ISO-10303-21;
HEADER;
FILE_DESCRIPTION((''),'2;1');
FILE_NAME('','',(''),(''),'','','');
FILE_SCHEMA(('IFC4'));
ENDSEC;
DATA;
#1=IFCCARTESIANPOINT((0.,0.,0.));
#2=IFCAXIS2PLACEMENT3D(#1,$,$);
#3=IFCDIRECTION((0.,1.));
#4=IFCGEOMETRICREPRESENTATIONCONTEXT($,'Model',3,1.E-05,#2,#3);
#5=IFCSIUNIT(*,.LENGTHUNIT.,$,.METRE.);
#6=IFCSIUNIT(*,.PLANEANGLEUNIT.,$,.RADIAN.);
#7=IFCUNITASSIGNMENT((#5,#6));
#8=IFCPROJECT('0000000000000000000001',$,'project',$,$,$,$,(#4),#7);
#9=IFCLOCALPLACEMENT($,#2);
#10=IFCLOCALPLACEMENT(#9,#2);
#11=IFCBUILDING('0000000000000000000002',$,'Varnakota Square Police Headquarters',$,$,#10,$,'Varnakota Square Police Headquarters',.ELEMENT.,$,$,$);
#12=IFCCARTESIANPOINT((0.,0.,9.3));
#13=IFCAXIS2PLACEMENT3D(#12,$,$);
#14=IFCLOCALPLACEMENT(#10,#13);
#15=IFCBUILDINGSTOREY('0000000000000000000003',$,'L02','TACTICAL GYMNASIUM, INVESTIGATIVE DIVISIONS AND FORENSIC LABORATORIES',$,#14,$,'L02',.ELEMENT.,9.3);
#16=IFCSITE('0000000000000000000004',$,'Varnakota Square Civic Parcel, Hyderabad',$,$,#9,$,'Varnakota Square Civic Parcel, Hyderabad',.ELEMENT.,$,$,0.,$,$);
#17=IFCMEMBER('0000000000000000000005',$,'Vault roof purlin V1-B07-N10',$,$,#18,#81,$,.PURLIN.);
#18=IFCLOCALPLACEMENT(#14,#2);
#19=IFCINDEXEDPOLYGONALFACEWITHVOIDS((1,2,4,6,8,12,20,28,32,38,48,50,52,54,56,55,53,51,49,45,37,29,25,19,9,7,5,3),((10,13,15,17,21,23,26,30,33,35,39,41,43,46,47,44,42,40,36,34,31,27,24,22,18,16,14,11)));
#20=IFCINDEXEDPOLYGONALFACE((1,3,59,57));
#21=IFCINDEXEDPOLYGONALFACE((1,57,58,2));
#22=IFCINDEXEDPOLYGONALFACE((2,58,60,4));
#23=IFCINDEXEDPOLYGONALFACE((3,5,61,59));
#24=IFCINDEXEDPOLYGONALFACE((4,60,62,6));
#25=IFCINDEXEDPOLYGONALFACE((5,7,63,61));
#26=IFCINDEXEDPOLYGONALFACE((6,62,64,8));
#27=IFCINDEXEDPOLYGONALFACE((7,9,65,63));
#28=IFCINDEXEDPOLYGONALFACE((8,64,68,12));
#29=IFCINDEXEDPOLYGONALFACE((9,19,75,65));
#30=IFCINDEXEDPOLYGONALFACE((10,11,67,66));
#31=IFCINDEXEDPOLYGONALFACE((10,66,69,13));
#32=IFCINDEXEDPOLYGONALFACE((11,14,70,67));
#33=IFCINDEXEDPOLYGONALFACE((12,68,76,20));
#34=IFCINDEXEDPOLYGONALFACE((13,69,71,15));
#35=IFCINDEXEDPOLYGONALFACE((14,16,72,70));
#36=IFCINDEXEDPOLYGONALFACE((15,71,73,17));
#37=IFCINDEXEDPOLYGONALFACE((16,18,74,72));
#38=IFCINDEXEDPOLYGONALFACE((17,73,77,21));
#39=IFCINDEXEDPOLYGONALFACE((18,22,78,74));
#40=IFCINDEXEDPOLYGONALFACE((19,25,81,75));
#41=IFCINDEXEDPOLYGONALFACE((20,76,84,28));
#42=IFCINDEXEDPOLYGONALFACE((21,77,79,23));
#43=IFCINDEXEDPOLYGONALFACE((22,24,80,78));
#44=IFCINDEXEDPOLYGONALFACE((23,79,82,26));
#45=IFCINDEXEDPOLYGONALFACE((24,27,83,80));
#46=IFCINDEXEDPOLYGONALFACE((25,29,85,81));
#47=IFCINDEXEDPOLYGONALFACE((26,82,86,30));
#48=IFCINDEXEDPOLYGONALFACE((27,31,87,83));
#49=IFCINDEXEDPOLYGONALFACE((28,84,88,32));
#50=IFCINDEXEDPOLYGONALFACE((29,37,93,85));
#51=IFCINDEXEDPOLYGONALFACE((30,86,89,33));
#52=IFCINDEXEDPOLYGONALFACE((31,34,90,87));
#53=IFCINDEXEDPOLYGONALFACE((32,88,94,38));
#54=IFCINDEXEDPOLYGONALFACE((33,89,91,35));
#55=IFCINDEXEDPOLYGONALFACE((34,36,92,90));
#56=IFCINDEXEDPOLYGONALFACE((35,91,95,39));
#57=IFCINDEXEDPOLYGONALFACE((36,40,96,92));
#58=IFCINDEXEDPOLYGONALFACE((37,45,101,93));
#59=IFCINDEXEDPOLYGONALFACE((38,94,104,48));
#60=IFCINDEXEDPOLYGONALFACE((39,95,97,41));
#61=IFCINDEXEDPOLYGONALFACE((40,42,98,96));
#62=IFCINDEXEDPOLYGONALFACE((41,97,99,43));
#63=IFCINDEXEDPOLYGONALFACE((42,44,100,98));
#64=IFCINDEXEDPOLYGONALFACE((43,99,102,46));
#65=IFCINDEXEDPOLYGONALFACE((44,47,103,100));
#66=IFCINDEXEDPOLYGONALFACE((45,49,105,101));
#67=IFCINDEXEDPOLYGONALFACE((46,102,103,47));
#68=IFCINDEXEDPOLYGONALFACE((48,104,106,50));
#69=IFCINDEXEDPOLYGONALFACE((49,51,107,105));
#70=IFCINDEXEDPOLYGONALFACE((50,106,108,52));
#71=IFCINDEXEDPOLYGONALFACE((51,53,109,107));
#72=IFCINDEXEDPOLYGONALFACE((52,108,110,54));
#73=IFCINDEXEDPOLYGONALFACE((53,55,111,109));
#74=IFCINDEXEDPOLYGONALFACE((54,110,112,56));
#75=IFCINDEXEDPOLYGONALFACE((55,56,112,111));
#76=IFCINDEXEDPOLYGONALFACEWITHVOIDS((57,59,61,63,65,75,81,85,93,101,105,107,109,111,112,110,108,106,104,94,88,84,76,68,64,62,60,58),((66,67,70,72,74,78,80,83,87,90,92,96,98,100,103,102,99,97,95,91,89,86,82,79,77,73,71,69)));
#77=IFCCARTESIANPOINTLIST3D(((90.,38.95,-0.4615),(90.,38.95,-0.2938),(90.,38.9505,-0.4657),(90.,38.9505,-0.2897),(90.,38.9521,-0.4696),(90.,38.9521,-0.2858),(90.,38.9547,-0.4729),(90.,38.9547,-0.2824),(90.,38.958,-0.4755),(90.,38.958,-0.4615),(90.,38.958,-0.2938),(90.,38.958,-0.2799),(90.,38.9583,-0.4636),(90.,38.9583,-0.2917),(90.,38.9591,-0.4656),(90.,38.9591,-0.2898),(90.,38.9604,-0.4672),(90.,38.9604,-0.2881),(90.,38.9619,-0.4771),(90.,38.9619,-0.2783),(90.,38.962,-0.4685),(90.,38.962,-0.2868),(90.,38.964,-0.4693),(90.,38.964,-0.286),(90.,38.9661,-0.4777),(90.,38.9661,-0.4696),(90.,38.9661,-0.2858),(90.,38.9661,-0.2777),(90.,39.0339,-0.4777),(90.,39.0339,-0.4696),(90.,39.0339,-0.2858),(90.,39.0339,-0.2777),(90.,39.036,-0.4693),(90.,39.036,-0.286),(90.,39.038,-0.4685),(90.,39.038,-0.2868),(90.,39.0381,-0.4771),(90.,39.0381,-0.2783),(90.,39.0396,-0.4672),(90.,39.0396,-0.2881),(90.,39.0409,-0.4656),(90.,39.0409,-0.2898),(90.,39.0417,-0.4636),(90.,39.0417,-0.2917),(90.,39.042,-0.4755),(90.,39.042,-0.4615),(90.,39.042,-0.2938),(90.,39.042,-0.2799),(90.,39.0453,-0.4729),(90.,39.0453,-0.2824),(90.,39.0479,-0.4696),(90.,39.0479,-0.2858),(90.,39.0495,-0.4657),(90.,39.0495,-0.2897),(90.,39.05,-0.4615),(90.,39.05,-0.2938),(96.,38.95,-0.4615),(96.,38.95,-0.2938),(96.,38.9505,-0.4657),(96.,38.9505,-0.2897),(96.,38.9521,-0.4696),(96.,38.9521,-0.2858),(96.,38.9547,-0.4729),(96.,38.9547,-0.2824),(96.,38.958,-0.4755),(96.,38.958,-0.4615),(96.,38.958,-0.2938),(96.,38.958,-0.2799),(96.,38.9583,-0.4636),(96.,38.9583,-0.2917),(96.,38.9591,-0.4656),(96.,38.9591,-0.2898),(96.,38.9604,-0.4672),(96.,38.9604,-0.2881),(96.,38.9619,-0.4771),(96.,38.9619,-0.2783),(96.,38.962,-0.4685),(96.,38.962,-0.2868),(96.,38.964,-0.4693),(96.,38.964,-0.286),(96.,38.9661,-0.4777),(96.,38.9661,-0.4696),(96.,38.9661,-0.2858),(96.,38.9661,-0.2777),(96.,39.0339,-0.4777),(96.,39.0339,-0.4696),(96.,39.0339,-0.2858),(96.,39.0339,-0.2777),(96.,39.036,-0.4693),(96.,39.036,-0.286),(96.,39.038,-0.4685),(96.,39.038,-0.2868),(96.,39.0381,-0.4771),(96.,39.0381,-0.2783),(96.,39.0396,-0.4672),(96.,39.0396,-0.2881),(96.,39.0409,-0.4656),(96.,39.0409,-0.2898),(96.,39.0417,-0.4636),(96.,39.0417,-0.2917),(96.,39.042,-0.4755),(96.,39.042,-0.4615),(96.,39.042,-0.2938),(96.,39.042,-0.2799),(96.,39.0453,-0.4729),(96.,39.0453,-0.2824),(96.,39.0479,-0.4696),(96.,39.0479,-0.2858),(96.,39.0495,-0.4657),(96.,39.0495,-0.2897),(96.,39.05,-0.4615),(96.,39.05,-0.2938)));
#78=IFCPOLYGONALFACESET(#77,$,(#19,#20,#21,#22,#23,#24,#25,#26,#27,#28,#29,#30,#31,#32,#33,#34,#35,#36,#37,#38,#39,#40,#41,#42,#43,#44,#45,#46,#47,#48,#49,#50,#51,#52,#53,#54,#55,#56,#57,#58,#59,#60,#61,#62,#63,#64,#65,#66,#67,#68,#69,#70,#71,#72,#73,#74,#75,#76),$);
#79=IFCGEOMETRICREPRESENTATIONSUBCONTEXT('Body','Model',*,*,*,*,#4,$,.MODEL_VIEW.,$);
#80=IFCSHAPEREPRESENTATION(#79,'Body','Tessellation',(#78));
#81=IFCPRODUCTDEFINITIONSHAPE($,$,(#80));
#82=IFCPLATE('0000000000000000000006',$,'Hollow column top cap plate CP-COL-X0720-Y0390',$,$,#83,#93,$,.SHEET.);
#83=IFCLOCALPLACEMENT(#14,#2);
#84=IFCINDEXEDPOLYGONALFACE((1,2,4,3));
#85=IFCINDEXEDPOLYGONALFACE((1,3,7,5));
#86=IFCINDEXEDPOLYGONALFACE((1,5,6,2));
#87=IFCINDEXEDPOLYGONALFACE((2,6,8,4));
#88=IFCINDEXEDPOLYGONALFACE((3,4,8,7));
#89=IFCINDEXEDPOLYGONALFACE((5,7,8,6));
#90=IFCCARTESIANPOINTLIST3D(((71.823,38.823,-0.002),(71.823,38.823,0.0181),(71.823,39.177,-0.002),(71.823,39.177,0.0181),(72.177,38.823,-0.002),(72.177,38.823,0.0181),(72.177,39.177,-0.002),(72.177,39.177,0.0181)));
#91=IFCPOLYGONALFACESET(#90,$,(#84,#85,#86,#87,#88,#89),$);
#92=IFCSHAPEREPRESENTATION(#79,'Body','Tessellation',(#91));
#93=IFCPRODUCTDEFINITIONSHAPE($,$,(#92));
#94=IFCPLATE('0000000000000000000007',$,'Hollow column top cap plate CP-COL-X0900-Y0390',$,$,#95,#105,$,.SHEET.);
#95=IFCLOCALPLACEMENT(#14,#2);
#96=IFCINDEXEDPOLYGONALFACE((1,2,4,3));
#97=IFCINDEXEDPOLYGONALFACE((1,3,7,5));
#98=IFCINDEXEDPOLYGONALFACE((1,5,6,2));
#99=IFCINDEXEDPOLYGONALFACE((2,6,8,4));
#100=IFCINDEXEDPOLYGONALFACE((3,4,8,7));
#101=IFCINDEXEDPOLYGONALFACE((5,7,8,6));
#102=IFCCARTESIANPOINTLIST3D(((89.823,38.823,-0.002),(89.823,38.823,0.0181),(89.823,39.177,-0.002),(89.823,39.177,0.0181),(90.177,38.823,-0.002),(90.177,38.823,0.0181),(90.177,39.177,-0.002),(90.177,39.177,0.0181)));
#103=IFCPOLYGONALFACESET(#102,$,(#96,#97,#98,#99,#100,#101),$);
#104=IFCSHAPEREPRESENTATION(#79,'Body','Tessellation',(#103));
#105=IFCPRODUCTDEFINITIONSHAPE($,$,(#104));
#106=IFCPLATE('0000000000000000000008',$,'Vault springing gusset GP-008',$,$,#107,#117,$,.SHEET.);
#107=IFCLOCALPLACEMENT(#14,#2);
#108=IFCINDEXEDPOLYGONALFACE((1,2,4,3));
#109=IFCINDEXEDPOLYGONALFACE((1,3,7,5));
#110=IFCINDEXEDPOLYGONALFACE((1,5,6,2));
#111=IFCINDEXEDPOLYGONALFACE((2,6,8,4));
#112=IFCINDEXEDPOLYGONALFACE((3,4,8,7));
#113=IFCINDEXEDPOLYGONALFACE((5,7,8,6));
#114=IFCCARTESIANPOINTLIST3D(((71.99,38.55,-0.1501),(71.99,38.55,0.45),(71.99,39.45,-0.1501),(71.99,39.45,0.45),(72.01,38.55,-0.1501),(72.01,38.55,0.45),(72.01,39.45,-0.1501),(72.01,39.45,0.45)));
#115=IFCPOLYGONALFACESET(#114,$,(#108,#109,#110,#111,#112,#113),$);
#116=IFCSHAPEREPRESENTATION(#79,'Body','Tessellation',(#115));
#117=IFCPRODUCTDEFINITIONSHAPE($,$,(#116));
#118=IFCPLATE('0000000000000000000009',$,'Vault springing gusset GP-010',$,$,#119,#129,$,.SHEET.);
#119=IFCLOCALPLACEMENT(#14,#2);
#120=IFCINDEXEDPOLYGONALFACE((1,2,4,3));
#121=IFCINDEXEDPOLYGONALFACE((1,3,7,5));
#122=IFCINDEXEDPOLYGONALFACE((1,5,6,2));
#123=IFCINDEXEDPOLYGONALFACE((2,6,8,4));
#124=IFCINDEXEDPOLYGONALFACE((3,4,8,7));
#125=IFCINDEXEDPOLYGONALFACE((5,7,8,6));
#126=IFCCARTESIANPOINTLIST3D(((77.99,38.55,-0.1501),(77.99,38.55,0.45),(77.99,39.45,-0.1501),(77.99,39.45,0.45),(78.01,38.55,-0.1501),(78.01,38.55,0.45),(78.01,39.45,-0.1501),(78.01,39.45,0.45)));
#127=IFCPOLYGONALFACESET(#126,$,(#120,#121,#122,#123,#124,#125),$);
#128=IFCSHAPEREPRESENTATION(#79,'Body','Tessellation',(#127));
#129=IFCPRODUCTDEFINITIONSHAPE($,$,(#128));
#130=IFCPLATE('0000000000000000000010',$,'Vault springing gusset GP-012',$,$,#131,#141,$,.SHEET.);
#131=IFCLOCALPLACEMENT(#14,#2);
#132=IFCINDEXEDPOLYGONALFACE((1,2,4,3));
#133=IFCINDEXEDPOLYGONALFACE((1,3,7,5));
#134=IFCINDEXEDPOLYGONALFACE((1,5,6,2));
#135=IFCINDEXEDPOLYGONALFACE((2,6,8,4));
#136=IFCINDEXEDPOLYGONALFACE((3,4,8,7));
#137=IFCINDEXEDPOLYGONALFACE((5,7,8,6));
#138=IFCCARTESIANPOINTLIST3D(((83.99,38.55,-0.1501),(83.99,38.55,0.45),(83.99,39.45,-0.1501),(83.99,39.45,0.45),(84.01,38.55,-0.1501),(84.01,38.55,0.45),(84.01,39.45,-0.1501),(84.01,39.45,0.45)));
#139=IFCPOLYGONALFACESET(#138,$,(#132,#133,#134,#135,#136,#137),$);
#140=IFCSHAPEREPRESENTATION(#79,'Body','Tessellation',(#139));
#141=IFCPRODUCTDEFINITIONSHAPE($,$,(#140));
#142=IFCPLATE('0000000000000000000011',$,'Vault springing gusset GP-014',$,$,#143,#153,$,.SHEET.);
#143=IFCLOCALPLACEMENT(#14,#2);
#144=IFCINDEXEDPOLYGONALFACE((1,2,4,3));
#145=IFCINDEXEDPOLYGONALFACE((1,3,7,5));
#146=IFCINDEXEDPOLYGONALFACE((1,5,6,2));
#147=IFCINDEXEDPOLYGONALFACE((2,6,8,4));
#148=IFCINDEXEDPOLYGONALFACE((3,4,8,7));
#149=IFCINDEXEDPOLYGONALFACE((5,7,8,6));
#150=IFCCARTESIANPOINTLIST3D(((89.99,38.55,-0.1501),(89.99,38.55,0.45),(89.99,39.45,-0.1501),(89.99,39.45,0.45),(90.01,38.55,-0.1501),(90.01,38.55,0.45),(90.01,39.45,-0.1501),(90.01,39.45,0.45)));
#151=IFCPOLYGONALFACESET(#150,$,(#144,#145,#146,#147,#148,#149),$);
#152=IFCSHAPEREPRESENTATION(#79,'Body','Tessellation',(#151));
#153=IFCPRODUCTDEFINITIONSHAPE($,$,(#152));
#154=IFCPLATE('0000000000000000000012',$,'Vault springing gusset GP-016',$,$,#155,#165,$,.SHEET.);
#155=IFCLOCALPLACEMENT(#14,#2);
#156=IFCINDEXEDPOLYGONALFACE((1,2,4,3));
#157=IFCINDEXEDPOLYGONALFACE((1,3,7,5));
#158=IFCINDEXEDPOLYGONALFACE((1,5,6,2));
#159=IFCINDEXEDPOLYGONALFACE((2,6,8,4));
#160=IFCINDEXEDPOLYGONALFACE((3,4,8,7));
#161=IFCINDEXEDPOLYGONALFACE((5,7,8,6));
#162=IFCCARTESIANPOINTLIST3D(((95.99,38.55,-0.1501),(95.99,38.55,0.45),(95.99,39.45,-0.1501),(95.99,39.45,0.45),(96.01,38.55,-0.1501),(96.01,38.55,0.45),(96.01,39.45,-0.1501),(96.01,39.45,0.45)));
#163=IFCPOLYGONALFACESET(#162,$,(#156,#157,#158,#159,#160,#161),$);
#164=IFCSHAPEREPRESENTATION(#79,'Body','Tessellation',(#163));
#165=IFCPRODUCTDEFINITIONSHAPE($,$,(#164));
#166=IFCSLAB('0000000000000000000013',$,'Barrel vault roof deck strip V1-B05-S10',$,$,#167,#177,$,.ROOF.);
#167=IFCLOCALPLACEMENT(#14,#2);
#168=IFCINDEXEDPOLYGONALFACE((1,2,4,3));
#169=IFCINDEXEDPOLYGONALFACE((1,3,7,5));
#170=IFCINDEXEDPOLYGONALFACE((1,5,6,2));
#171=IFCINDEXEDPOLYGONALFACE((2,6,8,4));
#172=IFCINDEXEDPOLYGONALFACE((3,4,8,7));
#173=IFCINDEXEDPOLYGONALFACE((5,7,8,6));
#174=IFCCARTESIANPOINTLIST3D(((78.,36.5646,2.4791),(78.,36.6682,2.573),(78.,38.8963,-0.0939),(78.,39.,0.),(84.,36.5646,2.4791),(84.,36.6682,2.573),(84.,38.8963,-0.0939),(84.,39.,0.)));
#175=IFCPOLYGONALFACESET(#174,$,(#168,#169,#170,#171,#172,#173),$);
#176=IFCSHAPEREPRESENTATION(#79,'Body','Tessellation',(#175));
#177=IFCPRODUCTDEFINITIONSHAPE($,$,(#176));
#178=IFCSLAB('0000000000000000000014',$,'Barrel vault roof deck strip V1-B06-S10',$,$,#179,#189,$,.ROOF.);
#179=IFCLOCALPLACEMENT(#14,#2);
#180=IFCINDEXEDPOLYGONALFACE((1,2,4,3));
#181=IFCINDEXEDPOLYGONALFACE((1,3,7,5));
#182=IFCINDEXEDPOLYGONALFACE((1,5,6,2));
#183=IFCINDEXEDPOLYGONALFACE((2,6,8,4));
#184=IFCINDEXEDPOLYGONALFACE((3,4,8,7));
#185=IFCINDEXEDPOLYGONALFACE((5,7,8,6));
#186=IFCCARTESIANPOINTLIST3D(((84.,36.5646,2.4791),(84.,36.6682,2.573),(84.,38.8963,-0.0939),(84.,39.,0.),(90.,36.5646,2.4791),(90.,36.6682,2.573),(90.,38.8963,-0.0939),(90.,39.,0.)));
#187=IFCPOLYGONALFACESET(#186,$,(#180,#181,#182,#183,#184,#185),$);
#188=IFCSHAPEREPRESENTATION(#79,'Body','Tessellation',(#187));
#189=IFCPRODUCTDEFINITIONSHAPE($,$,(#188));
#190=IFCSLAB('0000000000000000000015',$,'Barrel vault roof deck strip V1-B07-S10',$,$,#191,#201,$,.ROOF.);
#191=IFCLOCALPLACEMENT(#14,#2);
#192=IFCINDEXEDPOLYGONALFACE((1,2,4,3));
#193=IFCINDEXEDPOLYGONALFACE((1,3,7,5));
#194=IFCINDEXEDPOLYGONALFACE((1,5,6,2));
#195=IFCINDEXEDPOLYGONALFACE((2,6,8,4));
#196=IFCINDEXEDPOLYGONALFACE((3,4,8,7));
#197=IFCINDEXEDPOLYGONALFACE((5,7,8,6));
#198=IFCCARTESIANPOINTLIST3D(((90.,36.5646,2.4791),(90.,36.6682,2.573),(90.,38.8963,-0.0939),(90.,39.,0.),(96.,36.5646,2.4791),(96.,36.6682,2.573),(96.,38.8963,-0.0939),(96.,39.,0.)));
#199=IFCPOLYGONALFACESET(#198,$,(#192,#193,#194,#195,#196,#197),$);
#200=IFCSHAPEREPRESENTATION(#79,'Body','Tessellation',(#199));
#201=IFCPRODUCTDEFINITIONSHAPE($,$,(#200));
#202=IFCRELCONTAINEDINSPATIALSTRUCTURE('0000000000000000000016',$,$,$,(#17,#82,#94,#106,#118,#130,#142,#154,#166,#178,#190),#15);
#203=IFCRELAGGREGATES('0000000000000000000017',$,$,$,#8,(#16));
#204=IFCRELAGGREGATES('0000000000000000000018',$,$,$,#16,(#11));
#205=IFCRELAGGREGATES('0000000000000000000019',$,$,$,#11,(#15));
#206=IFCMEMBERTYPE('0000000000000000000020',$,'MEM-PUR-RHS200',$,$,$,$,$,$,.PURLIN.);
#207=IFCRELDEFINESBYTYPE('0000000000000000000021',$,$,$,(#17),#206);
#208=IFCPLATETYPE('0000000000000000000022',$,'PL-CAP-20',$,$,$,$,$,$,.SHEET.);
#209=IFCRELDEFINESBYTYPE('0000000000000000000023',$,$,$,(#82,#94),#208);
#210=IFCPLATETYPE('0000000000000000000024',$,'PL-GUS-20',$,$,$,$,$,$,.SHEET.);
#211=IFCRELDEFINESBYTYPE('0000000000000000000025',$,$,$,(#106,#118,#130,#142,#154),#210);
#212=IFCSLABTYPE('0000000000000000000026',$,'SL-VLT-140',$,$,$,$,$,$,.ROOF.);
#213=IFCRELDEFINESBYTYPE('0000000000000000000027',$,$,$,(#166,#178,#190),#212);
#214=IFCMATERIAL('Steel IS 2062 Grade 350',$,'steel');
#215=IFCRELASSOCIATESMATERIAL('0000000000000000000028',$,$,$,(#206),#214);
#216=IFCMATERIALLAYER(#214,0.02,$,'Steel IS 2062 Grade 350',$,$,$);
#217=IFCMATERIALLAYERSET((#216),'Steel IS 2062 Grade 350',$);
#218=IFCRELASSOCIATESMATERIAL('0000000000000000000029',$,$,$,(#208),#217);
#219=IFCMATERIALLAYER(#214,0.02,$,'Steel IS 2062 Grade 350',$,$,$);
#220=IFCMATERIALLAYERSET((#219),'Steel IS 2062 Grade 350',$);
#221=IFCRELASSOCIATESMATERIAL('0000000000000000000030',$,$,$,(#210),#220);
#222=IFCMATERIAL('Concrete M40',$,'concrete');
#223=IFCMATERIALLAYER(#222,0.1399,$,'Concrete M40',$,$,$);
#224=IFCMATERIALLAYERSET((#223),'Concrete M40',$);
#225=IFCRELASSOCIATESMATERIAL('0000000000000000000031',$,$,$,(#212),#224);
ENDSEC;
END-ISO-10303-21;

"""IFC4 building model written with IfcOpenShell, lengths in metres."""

from ifc_helpers import new_model, si_unit, direction, frame, origin, origin_2d, place, context, subcontext, project, spatial, polyline, rectangle, hollow_rectangle, outline, extrude, material, layer, layer_set, material_profile, profile_set, type_object, element, save


model = new_model("IFC4")

# Units and contexts
model_context = context("Model", 3, precision=1e-05, world=origin(), true_north=direction((0.0, 1.0)))
body_context = subcontext(model_context, "Body", "Model", "MODEL_VIEW")
ifc_project = project(units=[si_unit("LENGTHUNIT", "METRE"), si_unit("PLANEANGLEUNIT", "RADIAN")], contexts=[model_context])

# Site, building, storey
site_placement = place(None, origin())
site = spatial("IfcSite", under=ifc_project, at=site_placement, Name="Varnakota Square Civic Parcel, Hyderabad", LongName="Varnakota Square Civic Parcel, Hyderabad", CompositionType="ELEMENT", RefElevation=0.0)
building_placement = place(site_placement, origin())
building = spatial("IfcBuilding", under=site, at=building_placement, Name="Varnakota Square Police Headquarters", LongName="Varnakota Square Police Headquarters", CompositionType="ELEMENT")
storey_placement = place(building_placement, frame((0.0, 0.0, 9.3)))
storey = spatial("IfcBuildingStorey", under=building, at=storey_placement, Name="L02", Description="TACTICAL GYMNASIUM, INVESTIGATIVE DIVISIONS AND FORENSIC LABORATORIES", LongName="L02", CompositionType="ELEMENT", Elevation=9.3)

# Shared definitions
ifc_material_1 = material(Name="Steel IS 2062 Grade 350", Category="steel")

# Member
ifc_material_profile_1 = material_profile(ifc_material_1, hollow_rectangle(XDim=0.1001, YDim=0.2, WallThickness=0.0081, InnerFilletRadius=0.0081, OuterFilletRadius=0.0161, at=origin_2d()), Name="RHS 200x100x8")
ifc_profile_set_1 = profile_set([ifc_material_profile_1], Name="Steel IS 2062 Grade 350")
member_type_1 = type_object("IfcMemberType", Name="MEM-PUR-RHS200", PredefinedType="PURLIN", material=ifc_profile_set_1)
for number, where, z_axis, x_axis, name in (
    (1, (90.0, 39.0, -0.3777), (1.0, 0.0, 0.0), (0.0, 1.0, 0.0), "Vault roof purlin V1-B07-N10"),
):
    element("IfcMember", number, at=place(storey_placement, frame(where, z_axis=z_axis, x_axis=x_axis)), inside=storey, type_object=member_type_1, Name=name, PredefinedType="PURLIN", context=body_context, shape_type="SweptSolid", body=[
        extrude(hollow_rectangle(XDim=0.1001, YDim=0.2, WallThickness=0.0081, InnerFilletRadius=0.0081, OuterFilletRadius=0.0161, at=origin_2d()), origin(), (0.0, 0.0, 1.0), 6.0),
    ])

# Plates
ifc_layer_1 = layer(ifc_material_1, 0.02, Name="Steel IS 2062 Grade 350")
ifc_layer_set_1 = layer_set([ifc_layer_1], Name="Steel IS 2062 Grade 350")
plate_type_1 = type_object("IfcPlateType", Name="PL-CAP-20", PredefinedType="SHEET", material=ifc_layer_set_1)
for number, where, z_axis, x_axis, name in (
    (2, (72.0, 39.0, -0.002), (0.0, 0.0, 1.0), (1.0, 0.0, 0.0), "Hollow column top cap plate CP-COL-X0720-Y0390"),
    (3, (90.0, 39.0, -0.002), (0.0, 0.0, 1.0), (1.0, 0.0, 0.0), "Hollow column top cap plate CP-COL-X0900-Y0390"),
):
    element("IfcPlate", number, at=place(storey_placement, frame(where, z_axis=z_axis, x_axis=x_axis)), inside=storey, type_object=plate_type_1, Name=name, PredefinedType="SHEET", context=body_context, shape_type="SweptSolid", body=[
        extrude(rectangle(XDim=0.354, YDim=0.354, at=origin_2d()), origin(), (0.0, 0.0, 1.0), 0.02),
    ])
ifc_layer_2 = layer(ifc_material_1, 0.02, Name="Steel IS 2062 Grade 350")
ifc_layer_set_2 = layer_set([ifc_layer_2], Name="Steel IS 2062 Grade 350")
plate_type_2 = type_object("IfcPlateType", Name="PL-GUS-20", PredefinedType="SHEET", material=ifc_layer_set_2)
for number, where, z_axis, x_axis, name in (
    (4, (72.0, 39.0, -0.1501), (0.0, 0.0, 1.0), (1.0, 0.0, 0.0), "Vault springing gusset GP-008"),
    (5, (78.0, 39.0, -0.1501), (0.0, 0.0, 1.0), (1.0, 0.0, 0.0), "Vault springing gusset GP-010"),
    (6, (84.0, 39.0, -0.1501), (0.0, 0.0, 1.0), (1.0, 0.0, 0.0), "Vault springing gusset GP-012"),
    (7, (90.0, 39.0, -0.1501), (0.0, 0.0, 1.0), (1.0, 0.0, 0.0), "Vault springing gusset GP-014"),
    (8, (96.0, 39.0, -0.1501), (0.0, 0.0, 1.0), (1.0, 0.0, 0.0), "Vault springing gusset GP-016"),
):
    element("IfcPlate", number, at=place(storey_placement, frame(where, z_axis=z_axis, x_axis=x_axis)), inside=storey, type_object=plate_type_2, Name=name, PredefinedType="SHEET", context=body_context, shape_type="SweptSolid", body=[
        extrude(rectangle(XDim=0.02, YDim=0.8999, at=origin_2d()), origin(), (0.0, 0.0, 1.0), 0.6001),
    ])

# Slabs
ifc_material_2 = material(Name="Concrete M40", Category="concrete")
ifc_layer_3 = layer(ifc_material_2, 0.1399, Name="Concrete M40")
ifc_layer_set_3 = layer_set([ifc_layer_3], Name="Concrete M40")
slab_type = type_object("IfcSlabType", Name="SL-VLT-140", PredefinedType="ROOF", material=ifc_layer_set_3)
for number, where, z_axis, x_axis, name in (
    (9, (78.0, 36.6682, 2.573), (0.0, 0.740986, 0.671521), (1.0, 0.0, 0.0), "Barrel vault roof deck strip V1-B05-S10"),
    (10, (84.0, 36.6682, 2.573), (0.0, 0.740986, 0.671521), (1.0, 0.0, 0.0), "Barrel vault roof deck strip V1-B06-S10"),
    (11, (90.0, 36.6682, 2.573), (0.0, 0.740986, 0.671521), (1.0, 0.0, 0.0), "Barrel vault roof deck strip V1-B07-S10"),
):
    element("IfcSlab", number, at=place(storey_placement, frame(where, z_axis=z_axis, x_axis=x_axis)), inside=storey, type_object=slab_type, Name=name, PredefinedType="ROOF", context=body_context, shape_type="SweptSolid", body=[
        extrude(outline(polyline([(0.0, 0.0), (6.0, 0.0), (6.0, 3.4724), (0.0, 3.4724), (0.0, 0.0)])), origin(), (0.0, 0.0, -1.0), 0.1399),
    ])

save(model, "model.ifc")
